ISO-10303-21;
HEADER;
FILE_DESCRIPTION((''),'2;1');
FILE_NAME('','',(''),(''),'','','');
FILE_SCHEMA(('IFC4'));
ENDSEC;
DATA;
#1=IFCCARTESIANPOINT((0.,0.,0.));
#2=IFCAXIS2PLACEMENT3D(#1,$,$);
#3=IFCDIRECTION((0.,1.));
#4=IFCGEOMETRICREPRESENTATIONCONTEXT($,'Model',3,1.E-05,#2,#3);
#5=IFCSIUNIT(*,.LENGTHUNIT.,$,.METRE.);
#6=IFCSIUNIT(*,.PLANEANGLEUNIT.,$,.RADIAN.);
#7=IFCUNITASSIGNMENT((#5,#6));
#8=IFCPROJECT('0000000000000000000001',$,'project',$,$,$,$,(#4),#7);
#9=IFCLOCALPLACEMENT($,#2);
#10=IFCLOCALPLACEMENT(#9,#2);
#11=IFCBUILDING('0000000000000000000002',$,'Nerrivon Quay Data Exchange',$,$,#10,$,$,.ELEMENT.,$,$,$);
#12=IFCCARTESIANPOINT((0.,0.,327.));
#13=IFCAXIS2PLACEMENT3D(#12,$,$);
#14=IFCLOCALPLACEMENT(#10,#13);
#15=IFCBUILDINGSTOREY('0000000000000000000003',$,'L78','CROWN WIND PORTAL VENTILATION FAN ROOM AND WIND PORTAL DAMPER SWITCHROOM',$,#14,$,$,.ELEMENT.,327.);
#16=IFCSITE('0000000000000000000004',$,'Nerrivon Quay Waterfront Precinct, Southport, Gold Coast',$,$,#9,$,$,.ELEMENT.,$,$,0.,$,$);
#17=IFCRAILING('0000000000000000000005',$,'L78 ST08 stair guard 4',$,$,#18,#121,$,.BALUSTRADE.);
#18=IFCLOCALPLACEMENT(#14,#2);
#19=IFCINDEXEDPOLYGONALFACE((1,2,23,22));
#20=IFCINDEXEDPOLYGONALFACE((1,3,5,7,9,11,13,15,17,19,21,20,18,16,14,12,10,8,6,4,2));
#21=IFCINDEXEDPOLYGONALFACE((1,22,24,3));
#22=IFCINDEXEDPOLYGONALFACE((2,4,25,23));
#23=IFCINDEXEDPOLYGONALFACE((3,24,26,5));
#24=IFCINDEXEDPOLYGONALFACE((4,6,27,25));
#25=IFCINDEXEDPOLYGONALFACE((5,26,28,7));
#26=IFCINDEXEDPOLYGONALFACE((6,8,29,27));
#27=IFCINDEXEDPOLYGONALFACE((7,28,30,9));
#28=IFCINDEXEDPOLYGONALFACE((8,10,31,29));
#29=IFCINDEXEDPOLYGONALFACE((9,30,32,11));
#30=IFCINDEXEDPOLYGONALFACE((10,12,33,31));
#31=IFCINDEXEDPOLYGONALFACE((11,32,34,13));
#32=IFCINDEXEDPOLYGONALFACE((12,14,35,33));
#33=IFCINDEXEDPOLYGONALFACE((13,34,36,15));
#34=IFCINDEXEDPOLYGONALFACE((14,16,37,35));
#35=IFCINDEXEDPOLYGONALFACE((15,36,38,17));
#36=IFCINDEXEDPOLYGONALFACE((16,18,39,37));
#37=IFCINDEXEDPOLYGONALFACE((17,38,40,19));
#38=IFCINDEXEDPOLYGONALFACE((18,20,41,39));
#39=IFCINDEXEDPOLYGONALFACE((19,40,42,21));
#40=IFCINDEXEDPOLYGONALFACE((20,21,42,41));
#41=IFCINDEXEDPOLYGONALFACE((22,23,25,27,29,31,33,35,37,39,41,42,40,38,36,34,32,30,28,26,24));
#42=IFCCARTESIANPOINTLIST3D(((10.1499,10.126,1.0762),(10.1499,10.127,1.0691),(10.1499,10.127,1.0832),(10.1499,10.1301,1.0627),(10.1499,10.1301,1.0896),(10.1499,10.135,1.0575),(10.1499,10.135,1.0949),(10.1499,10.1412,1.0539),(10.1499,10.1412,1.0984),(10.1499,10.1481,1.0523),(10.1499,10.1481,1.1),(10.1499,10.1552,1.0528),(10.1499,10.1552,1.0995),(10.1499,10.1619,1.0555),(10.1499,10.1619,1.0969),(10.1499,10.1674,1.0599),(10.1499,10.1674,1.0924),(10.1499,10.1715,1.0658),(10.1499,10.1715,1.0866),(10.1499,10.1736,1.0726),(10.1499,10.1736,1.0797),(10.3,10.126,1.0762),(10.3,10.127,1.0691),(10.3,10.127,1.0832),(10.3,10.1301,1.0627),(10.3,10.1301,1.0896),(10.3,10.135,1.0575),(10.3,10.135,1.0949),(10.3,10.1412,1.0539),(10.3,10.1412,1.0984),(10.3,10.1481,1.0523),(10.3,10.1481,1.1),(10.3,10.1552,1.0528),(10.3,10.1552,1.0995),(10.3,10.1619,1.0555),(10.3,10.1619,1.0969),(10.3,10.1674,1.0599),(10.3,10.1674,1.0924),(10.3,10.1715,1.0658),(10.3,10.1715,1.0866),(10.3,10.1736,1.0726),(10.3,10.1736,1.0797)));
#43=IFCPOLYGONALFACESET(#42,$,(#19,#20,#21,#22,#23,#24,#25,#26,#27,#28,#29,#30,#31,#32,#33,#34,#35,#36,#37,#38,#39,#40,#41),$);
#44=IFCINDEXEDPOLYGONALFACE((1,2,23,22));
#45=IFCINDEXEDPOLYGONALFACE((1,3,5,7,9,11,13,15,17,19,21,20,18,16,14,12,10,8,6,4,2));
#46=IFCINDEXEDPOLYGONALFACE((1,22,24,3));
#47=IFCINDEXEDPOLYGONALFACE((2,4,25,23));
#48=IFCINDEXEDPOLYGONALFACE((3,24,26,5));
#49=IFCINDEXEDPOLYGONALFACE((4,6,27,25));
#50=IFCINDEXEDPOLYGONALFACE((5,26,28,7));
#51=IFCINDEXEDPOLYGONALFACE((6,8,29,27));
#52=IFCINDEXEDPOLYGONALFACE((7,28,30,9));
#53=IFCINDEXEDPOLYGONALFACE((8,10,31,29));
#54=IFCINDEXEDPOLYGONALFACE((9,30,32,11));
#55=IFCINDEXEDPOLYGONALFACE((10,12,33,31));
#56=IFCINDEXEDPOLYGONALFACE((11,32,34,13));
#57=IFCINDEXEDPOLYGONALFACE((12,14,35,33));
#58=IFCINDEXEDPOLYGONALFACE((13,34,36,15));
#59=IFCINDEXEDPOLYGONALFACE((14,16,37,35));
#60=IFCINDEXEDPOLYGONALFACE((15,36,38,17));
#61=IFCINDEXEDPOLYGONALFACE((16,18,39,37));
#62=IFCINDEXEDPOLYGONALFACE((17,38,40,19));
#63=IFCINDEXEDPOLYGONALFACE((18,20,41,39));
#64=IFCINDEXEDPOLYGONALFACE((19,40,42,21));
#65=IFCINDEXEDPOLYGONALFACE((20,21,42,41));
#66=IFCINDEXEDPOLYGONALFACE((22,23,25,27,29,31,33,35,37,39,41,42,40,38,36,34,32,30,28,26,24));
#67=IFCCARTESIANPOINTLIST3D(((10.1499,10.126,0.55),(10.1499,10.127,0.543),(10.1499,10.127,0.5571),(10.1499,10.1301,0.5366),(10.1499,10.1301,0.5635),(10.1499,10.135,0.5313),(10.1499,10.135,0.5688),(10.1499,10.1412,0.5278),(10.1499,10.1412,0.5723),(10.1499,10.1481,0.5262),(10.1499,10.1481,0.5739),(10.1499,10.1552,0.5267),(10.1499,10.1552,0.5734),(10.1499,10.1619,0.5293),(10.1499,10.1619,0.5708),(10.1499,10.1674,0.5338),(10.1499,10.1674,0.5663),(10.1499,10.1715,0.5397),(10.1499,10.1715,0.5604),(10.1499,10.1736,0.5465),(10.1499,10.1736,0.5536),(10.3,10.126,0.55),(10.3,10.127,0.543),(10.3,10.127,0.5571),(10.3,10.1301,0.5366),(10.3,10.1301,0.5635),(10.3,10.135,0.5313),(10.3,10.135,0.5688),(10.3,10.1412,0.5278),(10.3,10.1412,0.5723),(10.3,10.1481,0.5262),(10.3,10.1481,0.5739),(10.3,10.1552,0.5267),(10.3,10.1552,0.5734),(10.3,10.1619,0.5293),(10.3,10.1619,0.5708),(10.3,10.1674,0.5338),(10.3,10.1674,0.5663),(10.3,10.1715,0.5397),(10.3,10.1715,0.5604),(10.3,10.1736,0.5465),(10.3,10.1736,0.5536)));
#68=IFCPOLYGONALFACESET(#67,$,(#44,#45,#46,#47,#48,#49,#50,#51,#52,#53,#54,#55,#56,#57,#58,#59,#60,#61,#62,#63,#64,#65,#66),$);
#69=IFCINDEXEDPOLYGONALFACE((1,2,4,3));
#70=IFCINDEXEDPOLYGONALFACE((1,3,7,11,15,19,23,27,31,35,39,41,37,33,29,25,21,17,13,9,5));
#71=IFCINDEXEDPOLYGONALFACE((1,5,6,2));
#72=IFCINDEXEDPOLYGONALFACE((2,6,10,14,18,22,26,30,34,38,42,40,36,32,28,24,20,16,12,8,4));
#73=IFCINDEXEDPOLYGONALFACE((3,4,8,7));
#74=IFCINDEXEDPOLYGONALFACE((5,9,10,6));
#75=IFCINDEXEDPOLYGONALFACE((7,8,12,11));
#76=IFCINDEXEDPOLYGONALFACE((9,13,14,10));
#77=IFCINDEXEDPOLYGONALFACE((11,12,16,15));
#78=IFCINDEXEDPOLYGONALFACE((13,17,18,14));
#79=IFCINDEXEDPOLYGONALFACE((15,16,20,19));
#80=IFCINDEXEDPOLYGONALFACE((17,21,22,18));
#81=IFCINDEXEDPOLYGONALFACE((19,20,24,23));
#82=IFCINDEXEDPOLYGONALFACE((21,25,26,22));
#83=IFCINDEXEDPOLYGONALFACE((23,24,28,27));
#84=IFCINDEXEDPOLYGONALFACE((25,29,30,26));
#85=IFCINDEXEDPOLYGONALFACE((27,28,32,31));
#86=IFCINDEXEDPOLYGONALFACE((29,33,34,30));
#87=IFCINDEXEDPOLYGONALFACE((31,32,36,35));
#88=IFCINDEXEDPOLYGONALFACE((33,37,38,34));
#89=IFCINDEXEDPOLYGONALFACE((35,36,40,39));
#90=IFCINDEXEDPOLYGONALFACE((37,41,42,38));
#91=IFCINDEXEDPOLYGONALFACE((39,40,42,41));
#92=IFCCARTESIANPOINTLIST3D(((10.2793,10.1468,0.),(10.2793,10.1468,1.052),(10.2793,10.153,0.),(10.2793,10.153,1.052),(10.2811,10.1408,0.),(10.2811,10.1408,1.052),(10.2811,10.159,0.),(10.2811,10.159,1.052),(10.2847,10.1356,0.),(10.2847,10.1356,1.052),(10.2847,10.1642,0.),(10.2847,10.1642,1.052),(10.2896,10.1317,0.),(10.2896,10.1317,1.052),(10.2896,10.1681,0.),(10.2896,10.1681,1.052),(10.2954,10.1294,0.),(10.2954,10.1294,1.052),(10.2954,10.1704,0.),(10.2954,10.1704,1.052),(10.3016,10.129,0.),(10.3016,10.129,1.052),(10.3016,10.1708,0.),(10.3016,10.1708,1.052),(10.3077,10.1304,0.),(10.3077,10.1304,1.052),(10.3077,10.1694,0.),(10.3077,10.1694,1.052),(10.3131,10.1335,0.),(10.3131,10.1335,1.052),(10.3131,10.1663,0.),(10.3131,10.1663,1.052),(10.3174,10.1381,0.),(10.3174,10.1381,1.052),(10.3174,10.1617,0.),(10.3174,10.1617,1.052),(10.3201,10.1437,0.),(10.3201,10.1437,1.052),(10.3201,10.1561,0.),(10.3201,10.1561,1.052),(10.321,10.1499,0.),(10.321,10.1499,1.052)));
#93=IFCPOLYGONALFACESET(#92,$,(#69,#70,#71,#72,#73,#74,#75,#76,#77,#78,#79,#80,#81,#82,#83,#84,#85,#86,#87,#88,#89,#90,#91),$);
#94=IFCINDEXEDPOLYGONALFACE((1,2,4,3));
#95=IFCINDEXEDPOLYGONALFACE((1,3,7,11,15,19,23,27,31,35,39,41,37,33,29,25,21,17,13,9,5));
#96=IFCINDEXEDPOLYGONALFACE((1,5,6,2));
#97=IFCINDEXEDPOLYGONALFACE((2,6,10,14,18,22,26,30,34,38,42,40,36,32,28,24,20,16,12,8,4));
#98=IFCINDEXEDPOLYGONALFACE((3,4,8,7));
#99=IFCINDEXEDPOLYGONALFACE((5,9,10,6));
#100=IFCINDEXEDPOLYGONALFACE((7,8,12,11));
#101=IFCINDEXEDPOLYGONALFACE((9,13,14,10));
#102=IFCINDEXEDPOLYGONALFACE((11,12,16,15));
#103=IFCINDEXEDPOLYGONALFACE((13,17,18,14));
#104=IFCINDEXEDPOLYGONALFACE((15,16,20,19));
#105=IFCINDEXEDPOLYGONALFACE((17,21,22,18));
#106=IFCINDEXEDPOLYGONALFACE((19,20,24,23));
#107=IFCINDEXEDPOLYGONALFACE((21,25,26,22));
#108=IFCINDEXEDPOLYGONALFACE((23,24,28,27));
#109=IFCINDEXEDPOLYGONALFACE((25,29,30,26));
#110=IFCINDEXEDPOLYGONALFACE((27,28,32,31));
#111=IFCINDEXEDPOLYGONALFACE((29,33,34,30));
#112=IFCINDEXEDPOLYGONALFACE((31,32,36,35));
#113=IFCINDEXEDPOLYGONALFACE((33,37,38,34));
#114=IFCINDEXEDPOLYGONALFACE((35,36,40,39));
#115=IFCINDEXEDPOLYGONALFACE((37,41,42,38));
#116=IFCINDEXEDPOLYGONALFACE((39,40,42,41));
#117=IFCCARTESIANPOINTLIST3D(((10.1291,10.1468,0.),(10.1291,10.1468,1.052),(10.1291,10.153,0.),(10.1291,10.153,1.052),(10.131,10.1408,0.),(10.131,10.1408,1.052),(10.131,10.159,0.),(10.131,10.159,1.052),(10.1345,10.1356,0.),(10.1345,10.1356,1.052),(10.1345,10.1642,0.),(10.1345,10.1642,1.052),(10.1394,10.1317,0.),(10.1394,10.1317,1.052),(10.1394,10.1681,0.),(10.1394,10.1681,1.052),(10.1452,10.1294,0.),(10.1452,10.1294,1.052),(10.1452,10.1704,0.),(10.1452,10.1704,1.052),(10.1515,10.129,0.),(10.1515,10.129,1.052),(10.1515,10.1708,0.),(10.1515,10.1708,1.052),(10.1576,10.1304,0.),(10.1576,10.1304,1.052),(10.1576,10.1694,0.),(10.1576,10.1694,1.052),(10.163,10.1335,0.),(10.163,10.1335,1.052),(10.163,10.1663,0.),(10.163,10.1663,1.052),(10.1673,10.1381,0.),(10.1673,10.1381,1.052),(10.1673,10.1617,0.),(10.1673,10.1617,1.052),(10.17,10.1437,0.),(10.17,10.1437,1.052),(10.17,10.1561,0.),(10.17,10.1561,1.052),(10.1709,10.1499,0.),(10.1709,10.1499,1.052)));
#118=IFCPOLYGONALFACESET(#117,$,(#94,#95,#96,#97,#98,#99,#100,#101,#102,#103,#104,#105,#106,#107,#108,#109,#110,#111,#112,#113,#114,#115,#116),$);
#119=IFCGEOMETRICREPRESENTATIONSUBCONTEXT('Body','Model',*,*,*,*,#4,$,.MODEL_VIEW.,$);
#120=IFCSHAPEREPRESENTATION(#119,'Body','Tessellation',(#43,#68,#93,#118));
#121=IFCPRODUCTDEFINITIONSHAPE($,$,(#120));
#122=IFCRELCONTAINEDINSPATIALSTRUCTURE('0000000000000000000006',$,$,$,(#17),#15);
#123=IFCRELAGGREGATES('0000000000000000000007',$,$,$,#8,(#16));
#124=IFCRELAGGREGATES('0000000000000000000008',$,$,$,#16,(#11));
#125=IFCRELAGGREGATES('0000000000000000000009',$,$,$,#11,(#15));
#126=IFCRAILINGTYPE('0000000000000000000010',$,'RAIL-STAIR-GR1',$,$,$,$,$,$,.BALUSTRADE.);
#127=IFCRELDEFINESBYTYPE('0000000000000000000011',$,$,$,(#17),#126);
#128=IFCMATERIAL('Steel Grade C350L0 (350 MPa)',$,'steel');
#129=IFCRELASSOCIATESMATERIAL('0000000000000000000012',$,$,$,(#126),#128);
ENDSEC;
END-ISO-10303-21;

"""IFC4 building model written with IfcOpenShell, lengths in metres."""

from ifc_helpers import new_model, si_unit, direction, frame, origin, origin_2d, place, context, subcontext, project, spatial, circle, extrude, material, type_object, element, save


model = new_model("IFC4")

# Units and contexts
model_context = context("Model", 3, precision=1e-05, world=origin(), true_north=direction((0.0, 1.0)))
body_context = subcontext(model_context, "Body", "Model", "MODEL_VIEW")
ifc_project = project(units=[si_unit("LENGTHUNIT", "METRE"), si_unit("PLANEANGLEUNIT", "RADIAN")], contexts=[model_context])

# Site, building, storey
site_placement = place(None, origin())
site = spatial("IfcSite", under=ifc_project, at=site_placement, Name="Nerrivon Quay Waterfront Precinct, Southport, Gold Coast", CompositionType="ELEMENT", RefElevation=0.0)
building_placement = place(site_placement, origin())
building = spatial("IfcBuilding", under=site, at=building_placement, Name="Nerrivon Quay Data Exchange", CompositionType="ELEMENT")
storey_placement = place(building_placement, frame((0.0, 0.0, 327.0)))
storey = spatial("IfcBuildingStorey", under=building, at=storey_placement, Name="L78", Description="CROWN WIND PORTAL VENTILATION FAN ROOM AND WIND PORTAL DAMPER SWITCHROOM", CompositionType="ELEMENT", Elevation=327.0)

# Shared definitions
ifc_material_1 = material(Name="Steel Grade C350L0 (350 MPa)", Category="steel")

# Railing
railing_type_1 = type_object("IfcRailingType", Name="RAIL-STAIR-GR1", PredefinedType="BALUSTRADE", material=ifc_material_1)
railing_1_placement = place(storey_placement, frame((10.3, 10.1499, 0.0)))
element("IfcRailing", 1, at=railing_1_placement, inside=storey, type_object=railing_type_1, Name="L78 ST08 stair guard 4", PredefinedType="BALUSTRADE", context=body_context, shape_type="SweptSolid", body=[
    extrude(circle(Radius=0.0239, at=origin_2d()), frame((0.0, 0.0, 1.0762), z_axis=(-1.0, 0.0, 0.0), x_axis=(0.0, -1.0, 0.0)), (0.0, 0.0, 1.0), 0.1501),
    extrude(circle(Radius=0.0239, at=origin_2d()), frame((0.0, 0.0, 0.55), z_axis=(-1.0, 0.0, 0.0), x_axis=(0.0, -1.0, 0.0)), (0.0, 0.0, 1.0), 0.1501),
    extrude(circle(Radius=0.021, at=origin_2d()), origin(), (0.0, 0.0, 1.0), 1.052),
    extrude(circle(Radius=0.021, at=origin_2d()), frame((-0.1501, 0.0, 0.0)), (0.0, 0.0, 1.0), 1.052),
])

save(model, "model.ifc")
